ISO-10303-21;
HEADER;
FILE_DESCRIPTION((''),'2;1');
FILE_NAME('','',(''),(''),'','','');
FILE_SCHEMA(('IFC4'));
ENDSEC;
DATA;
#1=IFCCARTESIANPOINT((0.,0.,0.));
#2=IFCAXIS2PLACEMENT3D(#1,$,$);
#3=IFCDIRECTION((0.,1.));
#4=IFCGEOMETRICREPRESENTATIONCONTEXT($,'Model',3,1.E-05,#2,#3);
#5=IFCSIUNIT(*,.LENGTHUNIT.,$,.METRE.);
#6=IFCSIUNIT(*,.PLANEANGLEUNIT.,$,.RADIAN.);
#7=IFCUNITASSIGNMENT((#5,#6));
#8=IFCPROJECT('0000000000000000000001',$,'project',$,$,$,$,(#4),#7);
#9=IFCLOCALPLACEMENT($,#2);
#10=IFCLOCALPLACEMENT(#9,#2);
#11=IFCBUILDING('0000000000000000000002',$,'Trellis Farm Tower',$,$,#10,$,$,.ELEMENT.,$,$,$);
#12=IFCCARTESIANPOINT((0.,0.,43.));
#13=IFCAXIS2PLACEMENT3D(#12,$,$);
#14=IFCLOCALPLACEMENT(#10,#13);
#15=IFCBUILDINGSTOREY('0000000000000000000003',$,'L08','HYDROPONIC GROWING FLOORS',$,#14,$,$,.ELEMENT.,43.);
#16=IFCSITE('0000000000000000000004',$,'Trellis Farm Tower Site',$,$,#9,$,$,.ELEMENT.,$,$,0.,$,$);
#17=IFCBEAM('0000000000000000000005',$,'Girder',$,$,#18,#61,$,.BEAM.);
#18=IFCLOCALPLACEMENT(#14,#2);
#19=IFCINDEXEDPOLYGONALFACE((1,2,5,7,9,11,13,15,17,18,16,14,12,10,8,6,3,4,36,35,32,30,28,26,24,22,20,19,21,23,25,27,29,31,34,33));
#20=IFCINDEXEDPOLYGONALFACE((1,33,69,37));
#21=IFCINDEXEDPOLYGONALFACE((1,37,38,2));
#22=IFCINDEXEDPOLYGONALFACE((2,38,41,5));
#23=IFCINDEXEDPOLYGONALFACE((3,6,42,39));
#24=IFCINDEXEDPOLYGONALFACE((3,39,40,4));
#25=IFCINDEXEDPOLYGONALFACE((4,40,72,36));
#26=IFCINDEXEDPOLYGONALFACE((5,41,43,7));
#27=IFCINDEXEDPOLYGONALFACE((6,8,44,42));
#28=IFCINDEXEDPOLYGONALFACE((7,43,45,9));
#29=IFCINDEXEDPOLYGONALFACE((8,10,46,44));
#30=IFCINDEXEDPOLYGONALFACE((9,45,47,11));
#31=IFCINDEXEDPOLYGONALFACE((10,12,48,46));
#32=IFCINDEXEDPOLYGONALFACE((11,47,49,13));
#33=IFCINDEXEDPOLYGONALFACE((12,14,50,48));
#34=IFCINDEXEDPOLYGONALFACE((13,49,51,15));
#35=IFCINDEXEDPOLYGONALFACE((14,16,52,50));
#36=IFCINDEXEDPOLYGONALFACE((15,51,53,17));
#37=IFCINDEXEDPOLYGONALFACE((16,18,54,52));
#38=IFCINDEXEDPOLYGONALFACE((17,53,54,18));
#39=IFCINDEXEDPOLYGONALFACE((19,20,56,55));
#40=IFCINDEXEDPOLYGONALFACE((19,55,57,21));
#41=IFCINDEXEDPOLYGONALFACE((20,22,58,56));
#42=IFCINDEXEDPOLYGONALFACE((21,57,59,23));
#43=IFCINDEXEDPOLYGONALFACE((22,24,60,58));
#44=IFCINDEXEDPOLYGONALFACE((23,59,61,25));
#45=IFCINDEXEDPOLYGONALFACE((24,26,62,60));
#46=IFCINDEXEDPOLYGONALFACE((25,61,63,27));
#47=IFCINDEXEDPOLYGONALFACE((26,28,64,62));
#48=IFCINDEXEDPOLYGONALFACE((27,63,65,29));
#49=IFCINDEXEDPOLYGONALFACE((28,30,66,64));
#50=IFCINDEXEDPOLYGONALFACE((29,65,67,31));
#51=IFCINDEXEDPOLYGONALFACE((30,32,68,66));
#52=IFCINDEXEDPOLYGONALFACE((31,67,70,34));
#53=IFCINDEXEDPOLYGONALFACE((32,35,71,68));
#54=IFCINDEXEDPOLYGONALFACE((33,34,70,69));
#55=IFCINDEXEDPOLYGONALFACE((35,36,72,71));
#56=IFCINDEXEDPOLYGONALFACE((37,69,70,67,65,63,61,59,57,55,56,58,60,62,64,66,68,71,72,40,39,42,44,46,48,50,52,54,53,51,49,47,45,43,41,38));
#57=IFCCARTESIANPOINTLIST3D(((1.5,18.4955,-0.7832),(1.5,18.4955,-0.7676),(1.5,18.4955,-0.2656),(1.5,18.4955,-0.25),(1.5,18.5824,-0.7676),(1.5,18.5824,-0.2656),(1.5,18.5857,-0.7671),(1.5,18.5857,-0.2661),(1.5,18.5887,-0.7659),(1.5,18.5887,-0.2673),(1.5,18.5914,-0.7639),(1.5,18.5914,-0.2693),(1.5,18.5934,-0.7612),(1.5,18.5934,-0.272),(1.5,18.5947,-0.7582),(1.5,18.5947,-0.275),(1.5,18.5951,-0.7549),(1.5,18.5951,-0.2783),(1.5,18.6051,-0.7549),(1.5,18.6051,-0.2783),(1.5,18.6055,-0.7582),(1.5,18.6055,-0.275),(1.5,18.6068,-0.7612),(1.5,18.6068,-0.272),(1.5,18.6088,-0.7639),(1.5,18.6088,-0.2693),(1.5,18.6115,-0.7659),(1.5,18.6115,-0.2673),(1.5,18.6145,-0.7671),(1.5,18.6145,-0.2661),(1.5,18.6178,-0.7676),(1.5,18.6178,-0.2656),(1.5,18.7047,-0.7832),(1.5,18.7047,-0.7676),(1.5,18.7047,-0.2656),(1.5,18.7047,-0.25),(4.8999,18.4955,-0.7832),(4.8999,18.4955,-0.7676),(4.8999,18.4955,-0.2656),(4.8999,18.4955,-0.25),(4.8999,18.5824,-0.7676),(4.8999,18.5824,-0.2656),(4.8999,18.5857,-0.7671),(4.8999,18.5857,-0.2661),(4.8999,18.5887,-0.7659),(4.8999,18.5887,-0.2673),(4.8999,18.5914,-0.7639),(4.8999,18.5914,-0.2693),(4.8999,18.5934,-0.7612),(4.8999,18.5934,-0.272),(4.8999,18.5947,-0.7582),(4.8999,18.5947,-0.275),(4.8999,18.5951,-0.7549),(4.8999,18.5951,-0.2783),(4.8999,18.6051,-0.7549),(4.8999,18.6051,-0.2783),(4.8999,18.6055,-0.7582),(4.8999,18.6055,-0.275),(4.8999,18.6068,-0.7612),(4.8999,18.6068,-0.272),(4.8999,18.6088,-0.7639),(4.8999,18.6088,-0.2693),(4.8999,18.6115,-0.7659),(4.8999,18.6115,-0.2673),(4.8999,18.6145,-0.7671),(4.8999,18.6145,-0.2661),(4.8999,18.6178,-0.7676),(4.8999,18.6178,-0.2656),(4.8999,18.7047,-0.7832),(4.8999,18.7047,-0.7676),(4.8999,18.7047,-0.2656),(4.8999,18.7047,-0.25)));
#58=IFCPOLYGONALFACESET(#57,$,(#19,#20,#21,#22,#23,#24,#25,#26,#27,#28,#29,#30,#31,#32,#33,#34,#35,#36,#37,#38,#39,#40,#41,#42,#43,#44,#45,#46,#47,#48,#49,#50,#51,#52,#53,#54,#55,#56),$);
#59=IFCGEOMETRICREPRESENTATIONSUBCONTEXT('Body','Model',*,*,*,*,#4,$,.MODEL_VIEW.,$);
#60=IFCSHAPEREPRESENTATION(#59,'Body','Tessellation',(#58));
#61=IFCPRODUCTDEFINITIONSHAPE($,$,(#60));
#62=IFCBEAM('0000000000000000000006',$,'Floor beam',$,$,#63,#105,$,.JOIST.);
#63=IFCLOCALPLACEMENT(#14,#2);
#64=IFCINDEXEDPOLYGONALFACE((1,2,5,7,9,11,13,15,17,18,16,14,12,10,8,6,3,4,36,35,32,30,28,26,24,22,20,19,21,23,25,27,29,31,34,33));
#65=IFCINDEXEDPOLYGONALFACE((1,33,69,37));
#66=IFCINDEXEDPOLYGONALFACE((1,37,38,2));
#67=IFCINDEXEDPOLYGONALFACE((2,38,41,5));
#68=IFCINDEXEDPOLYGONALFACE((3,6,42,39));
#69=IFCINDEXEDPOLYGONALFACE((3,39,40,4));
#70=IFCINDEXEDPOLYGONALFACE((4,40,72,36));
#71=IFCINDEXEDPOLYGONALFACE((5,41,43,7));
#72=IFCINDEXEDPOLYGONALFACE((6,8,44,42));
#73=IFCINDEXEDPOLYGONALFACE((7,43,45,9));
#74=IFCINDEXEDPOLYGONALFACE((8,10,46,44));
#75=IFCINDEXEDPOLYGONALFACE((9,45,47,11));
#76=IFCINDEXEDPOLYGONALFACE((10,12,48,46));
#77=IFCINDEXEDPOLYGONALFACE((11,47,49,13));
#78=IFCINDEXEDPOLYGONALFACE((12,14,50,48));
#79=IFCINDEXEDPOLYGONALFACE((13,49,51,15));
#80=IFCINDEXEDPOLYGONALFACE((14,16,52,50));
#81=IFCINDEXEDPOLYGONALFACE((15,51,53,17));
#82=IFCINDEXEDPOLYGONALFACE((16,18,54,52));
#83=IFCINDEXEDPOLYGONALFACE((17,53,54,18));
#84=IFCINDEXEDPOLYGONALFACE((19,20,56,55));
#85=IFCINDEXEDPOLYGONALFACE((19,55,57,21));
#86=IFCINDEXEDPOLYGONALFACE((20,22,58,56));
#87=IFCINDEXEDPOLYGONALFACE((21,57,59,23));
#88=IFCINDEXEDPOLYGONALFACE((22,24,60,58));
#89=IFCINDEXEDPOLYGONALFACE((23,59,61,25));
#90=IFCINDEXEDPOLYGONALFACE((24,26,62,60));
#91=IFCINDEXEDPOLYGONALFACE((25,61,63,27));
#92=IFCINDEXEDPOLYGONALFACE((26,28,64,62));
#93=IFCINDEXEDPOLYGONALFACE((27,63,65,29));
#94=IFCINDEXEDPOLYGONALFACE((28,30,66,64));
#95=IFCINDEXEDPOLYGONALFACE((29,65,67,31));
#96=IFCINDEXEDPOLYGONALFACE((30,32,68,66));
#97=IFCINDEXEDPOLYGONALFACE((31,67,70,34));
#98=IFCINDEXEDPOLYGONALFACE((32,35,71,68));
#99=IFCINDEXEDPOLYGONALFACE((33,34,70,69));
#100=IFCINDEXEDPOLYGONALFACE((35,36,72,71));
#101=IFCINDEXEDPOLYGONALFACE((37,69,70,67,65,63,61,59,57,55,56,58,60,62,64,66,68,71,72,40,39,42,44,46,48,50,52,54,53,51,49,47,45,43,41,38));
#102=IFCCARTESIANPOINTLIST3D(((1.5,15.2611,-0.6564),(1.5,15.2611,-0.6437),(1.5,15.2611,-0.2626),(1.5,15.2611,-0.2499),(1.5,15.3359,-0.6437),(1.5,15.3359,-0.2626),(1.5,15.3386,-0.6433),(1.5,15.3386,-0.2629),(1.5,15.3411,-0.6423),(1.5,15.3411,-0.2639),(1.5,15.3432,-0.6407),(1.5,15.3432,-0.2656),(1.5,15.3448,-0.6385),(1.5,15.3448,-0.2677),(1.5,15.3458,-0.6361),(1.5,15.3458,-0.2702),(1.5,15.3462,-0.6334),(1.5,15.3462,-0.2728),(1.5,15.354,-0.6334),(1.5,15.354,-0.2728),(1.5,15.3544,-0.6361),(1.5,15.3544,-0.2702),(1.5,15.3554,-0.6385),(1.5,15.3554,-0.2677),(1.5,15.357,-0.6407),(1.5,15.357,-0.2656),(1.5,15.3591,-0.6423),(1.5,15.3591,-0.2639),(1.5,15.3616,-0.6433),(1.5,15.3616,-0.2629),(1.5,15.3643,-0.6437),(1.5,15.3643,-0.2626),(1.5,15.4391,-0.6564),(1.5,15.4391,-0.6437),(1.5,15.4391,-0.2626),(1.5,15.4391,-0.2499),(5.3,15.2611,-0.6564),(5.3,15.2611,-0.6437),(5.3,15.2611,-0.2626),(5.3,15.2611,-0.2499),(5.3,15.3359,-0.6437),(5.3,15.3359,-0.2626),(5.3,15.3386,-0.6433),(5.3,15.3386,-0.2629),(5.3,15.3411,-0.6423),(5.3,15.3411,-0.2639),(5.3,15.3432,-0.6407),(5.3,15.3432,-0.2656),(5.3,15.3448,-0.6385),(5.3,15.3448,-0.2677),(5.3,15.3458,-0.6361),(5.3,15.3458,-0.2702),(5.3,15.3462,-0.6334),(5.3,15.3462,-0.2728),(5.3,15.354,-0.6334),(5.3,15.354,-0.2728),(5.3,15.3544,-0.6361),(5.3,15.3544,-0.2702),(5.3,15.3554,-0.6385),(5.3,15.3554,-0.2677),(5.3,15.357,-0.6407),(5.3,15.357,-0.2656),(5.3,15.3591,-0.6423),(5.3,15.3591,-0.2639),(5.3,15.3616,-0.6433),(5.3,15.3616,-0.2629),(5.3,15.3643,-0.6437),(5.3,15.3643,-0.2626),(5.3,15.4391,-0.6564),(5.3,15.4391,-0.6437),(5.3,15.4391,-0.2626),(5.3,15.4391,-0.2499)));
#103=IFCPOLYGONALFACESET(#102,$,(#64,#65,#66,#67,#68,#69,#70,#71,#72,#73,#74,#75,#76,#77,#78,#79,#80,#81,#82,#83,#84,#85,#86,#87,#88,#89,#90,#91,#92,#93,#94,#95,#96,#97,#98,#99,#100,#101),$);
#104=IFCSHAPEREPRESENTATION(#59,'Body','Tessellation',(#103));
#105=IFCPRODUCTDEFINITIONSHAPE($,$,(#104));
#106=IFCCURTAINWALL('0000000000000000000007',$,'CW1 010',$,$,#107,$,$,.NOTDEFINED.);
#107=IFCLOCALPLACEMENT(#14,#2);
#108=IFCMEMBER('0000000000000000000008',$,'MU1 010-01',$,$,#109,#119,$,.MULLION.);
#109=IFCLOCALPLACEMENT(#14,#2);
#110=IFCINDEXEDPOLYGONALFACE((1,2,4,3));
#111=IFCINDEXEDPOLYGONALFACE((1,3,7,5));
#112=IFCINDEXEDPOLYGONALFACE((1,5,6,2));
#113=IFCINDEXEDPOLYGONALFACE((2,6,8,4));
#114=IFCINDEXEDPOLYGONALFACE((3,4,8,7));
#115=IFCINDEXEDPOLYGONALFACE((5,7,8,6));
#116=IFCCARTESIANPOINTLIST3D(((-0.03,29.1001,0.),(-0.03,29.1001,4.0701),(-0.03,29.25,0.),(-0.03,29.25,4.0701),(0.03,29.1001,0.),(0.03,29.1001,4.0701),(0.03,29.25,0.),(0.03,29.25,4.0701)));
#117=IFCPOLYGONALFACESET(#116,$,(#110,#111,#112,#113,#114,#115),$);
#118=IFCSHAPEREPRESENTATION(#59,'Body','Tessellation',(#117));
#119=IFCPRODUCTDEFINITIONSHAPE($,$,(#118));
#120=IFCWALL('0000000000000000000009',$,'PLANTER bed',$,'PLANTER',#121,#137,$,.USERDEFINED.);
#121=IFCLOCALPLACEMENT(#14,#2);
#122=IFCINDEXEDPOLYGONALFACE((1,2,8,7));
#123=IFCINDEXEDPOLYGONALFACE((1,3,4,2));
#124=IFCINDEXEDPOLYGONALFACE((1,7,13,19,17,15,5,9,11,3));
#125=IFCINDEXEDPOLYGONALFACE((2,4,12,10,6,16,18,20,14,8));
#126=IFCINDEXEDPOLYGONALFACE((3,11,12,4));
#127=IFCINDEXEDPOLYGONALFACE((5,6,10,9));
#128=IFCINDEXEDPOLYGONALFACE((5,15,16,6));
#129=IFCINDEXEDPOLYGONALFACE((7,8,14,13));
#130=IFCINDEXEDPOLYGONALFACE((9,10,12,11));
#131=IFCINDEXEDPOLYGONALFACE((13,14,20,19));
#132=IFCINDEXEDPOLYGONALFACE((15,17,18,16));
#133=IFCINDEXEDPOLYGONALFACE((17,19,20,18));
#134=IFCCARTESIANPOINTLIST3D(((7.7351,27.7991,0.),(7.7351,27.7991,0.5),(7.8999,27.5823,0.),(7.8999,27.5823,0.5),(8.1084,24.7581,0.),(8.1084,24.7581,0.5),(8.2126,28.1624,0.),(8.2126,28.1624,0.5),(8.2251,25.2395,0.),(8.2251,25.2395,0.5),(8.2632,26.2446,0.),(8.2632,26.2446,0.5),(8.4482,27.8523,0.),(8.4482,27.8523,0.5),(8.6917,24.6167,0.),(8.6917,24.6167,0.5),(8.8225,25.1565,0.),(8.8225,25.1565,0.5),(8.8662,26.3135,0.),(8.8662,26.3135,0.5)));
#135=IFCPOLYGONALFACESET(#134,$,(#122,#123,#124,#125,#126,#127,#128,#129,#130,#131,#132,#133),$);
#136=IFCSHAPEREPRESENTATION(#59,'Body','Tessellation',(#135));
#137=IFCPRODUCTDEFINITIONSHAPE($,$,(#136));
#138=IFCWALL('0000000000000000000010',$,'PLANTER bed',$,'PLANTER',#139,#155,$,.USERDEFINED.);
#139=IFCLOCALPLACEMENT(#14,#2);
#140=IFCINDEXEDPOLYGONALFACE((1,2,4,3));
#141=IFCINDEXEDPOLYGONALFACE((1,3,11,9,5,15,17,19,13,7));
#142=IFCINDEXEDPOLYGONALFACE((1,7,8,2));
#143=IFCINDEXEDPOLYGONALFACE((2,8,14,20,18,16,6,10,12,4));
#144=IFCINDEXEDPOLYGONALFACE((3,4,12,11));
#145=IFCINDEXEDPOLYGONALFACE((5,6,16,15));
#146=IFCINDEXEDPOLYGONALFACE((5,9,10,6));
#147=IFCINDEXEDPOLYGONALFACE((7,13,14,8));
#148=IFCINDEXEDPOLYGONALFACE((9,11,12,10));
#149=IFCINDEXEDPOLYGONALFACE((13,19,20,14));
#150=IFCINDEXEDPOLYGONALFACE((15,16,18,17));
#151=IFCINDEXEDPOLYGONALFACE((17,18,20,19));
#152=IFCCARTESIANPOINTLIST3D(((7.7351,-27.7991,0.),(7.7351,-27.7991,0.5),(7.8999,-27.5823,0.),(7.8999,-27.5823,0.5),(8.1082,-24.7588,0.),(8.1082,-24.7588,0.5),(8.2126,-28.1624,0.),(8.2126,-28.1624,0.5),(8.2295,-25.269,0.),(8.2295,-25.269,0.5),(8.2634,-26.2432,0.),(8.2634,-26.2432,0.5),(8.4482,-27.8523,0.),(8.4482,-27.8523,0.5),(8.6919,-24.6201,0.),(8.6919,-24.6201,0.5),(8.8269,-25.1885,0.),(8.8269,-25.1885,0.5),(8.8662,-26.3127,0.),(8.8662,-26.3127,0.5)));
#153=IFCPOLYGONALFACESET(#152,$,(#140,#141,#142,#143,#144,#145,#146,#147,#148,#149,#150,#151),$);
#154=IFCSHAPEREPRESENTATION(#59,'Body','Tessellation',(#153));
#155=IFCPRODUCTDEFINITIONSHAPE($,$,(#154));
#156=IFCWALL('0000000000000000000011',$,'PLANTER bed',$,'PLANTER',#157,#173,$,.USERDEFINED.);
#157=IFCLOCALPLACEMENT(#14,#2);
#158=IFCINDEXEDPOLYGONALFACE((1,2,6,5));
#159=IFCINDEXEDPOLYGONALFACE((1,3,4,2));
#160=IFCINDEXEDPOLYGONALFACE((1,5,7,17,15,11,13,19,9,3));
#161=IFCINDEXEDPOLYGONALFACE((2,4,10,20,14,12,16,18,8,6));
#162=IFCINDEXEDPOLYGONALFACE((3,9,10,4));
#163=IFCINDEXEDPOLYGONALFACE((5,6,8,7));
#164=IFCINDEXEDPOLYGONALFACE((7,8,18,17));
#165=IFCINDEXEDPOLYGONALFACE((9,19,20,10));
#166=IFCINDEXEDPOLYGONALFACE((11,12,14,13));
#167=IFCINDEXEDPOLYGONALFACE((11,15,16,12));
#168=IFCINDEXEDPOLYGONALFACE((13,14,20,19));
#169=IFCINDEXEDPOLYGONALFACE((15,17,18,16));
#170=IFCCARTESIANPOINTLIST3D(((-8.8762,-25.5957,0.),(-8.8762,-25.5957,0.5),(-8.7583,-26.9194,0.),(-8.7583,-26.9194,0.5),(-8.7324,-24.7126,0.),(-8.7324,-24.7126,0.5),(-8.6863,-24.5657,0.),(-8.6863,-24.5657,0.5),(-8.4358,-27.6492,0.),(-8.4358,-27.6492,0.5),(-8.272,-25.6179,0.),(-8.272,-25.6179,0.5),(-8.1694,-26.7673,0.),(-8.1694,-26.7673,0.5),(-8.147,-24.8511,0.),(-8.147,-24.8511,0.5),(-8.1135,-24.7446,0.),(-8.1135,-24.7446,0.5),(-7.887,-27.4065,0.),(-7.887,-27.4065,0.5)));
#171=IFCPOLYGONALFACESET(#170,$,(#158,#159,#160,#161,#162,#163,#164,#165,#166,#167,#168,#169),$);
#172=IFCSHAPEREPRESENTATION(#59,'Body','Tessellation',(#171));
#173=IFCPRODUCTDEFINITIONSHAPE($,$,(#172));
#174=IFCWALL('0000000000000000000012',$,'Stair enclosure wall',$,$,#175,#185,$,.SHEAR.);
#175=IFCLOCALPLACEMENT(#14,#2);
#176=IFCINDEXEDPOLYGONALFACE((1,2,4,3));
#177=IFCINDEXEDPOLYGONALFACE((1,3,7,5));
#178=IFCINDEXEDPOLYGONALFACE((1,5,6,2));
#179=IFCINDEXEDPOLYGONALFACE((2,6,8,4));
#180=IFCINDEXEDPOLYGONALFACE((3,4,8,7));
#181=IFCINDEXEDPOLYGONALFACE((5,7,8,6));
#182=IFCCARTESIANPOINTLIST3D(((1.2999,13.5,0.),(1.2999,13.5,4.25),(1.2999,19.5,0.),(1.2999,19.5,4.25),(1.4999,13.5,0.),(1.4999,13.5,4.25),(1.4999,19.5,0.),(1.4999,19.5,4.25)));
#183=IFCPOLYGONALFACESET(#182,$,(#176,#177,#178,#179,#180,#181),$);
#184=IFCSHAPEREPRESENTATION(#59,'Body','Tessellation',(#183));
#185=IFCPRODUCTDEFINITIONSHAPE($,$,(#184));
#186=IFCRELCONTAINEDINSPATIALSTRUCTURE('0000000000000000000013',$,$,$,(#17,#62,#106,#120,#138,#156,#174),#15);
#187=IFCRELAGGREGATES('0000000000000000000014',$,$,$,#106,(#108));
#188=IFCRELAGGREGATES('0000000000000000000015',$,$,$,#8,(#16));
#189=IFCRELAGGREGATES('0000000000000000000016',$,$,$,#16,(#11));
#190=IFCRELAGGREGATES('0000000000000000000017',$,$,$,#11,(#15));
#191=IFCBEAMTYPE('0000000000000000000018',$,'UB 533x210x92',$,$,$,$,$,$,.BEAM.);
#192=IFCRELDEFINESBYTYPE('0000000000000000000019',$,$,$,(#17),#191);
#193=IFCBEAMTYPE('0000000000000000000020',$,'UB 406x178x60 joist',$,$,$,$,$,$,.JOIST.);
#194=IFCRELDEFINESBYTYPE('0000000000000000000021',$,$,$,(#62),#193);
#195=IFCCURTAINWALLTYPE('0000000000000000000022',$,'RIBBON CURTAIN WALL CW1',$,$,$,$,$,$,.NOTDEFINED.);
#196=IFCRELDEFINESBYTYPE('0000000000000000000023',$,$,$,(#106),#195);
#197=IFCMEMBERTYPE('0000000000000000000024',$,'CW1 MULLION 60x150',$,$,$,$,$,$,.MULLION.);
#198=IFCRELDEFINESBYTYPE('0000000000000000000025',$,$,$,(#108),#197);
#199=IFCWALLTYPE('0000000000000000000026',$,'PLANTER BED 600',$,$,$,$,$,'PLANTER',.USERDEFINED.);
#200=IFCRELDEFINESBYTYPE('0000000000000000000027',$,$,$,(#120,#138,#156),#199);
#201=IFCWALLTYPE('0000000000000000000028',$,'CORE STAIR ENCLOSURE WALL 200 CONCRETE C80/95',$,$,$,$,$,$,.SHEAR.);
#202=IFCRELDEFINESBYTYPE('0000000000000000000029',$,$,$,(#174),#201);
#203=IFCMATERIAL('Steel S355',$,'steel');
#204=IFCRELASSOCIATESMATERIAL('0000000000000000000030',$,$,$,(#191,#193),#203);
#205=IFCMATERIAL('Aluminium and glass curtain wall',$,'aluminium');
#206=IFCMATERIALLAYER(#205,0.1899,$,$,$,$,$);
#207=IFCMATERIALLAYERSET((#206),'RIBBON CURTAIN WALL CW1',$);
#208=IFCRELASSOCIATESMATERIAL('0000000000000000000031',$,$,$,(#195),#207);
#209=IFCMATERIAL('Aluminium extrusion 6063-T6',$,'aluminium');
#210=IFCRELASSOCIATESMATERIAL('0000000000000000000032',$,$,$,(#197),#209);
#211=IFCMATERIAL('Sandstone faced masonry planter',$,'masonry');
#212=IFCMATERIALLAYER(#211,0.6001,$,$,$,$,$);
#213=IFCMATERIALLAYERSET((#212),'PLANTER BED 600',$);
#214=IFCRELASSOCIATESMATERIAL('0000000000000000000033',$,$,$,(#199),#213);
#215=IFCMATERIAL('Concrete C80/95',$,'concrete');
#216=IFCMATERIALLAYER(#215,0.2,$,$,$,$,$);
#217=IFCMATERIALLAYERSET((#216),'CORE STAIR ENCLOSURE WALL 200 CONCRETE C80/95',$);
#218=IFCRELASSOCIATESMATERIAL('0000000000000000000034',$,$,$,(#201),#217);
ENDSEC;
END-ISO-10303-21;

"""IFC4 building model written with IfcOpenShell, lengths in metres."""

from ifc_helpers import new_model, si_unit, direction, frame, frame_2d, origin, origin_2d, place, context, subcontext, project, spatial, polyline, rectangle, i_section, outline, extrude, source, transform, mapped, material, layer, layer_set, material_profile, profile_set, type_object, element, aggregate, save


model = new_model("IFC4")

# Units and contexts
model_context = context("Model", 3, precision=1e-05, world=origin(), true_north=direction((0.0, 1.0)))
body_context = subcontext(model_context, "Body", "Model", "MODEL_VIEW")
ifc_project = project(units=[si_unit("LENGTHUNIT", "METRE"), si_unit("PLANEANGLEUNIT", "RADIAN")], contexts=[model_context])

# Site, building, storey
site_placement = place(None, origin())
site = spatial("IfcSite", under=ifc_project, at=site_placement, Name="Trellis Farm Tower Site", CompositionType="ELEMENT", RefElevation=0.0)
building_placement = place(site_placement, origin())
building = spatial("IfcBuilding", under=site, at=building_placement, Name="Trellis Farm Tower", CompositionType="ELEMENT")
storey_placement = place(building_placement, frame((0.0, 0.0, 43.0)))
storey = spatial("IfcBuildingStorey", under=building, at=storey_placement, Name="L08", Description="HYDROPONIC GROWING FLOORS", CompositionType="ELEMENT", Elevation=43.0)

# Beams
ifc_material_1 = material(Name="Steel S355", Category="steel")
ifc_material_profile_1 = material_profile(ifc_material_1, i_section(OverallWidth=0.2092, OverallDepth=0.5332, WebThickness=0.01, FlangeThickness=0.0156, FilletRadius=0.0127, at=origin_2d()), Name="UB 533x210x92")
ifc_profile_set_1 = profile_set([ifc_material_profile_1], Name="Steel S355")
beam_type_1 = type_object("IfcBeamType", Name="UB 533x210x92", PredefinedType="BEAM", material=ifc_profile_set_1)
shared_shape_1 = source(origin(), body_context, "Body", "SweptSolid", [
    extrude(i_section(OverallWidth=0.2092, OverallDepth=0.5332, WebThickness=0.01, FlangeThickness=0.0156, FilletRadius=0.0127, at=origin_2d()), origin(), (0.0, 0.0, 1.0), 3.3999),
])
beam_1_placement = place(storey_placement, frame((1.5, 18.6001, -0.5166), z_axis=(1.0, 0.0, 0.0), x_axis=(0.0, 1.0, 0.0)))
element("IfcBeam", 1, at=beam_1_placement, inside=storey, type_object=beam_type_1, Name="Girder", PredefinedType="BEAM", context=body_context, shape_type="MappedRepresentation", body=[
    mapped(shared_shape_1, transform((0.0, 0.0, 0.0))),
])
ifc_material_profile_2 = material_profile(ifc_material_1, i_section(OverallWidth=0.178, OverallDepth=0.4065, WebThickness=0.0078, FlangeThickness=0.0127, FilletRadius=0.0103, at=origin_2d()), Name="UB 406x178x60")
ifc_profile_set_2 = profile_set([ifc_material_profile_2], Name="Steel S355")
beam_type_2 = type_object("IfcBeamType", Name="UB 406x178x60 joist", PredefinedType="JOIST", material=ifc_profile_set_2)
shared_shape_2 = source(origin(), body_context, "Body", "SweptSolid", [
    extrude(i_section(OverallWidth=0.178, OverallDepth=0.4065, WebThickness=0.0078, FlangeThickness=0.0127, FilletRadius=0.0103, at=origin_2d()), origin(), (0.0, 0.0, 1.0), 3.8),
])
beam_2_placement = place(storey_placement, frame((1.5, 15.3501, -0.4531), z_axis=(1.0, 0.0, 0.0), x_axis=(0.0, 1.0, 0.0)))
element("IfcBeam", 2, at=beam_2_placement, inside=storey, type_object=beam_type_2, Name="Floor beam", PredefinedType="JOIST", context=body_context, shape_type="MappedRepresentation", body=[
    mapped(shared_shape_2, transform((0.0, 0.0, 0.0))),
])

# Curtain wall, member
ifc_material_2 = material(Name="Aluminium and glass curtain wall", Category="aluminium")
ifc_layer_1 = layer(ifc_material_2, 0.1899)
ifc_layer_set_1 = layer_set([ifc_layer_1], Name="RIBBON CURTAIN WALL CW1")
curtain_wall_type = type_object("IfcCurtainWallType", Name="RIBBON CURTAIN WALL CW1", PredefinedType="NOTDEFINED", material=ifc_layer_set_1)
placement = place(storey_placement, origin())
curtain_wall = element("IfcCurtainWall", 3, at=placement, inside=storey, type_object=curtain_wall_type, Name="CW1 010", PredefinedType="NOTDEFINED")
ifc_material_3 = material(Name="Aluminium extrusion 6063-T6", Category="aluminium")
ifc_material_profile_3 = material_profile(ifc_material_3, rectangle(XDim=0.0601, YDim=0.1499, at=origin_2d()), Name="MULLION 60x150")
ifc_profile_set_3 = profile_set([ifc_material_profile_3], Name="Aluminium extrusion 6063-T6")
member_type = type_object("IfcMemberType", Name="CW1 MULLION 60x150", PredefinedType="MULLION", material=ifc_profile_set_3)
shared_shape_3 = source(origin(), body_context, "Body", "SweptSolid", [
    extrude(rectangle(XDim=0.0601, YDim=0.1499, at=origin_2d()), origin(), (0.0, 0.0, 1.0), 4.0701),
])
member_placement = place(storey_placement, frame((0.0, 29.175, 0.0), z_axis=(0.0, 0.0, 1.0), x_axis=(-1.0, 0.0, 0.0)))
member = element("IfcMember", 4, at=member_placement, type_object=member_type, Name="MU1 010-01", PredefinedType="MULLION", context=body_context, shape_type="MappedRepresentation", body=[
    mapped(shared_shape_3, transform((0.0, 0.0, 0.0))),
])
aggregate(curtain_wall, [member])

# Walls
ifc_material_4 = material(Name="Sandstone faced masonry planter", Category="masonry")
ifc_layer_2 = layer(ifc_material_4, 0.6001)
ifc_layer_set_2 = layer_set([ifc_layer_2], Name="PLANTER BED 600")
wall_type_1 = type_object("IfcWallType", Name="PLANTER BED 600", ElementType="PLANTER", PredefinedType="USERDEFINED", material=ifc_layer_set_2)
element("IfcWall", 5, at=placement, inside=storey, type_object=wall_type_1, Name="PLANTER bed", ObjectType="PLANTER", PredefinedType="USERDEFINED", context=body_context, shape_type="SweptSolid", body=[
    extrude(outline(polyline([(8.4482, 27.8523), (8.8662, 26.3135), (8.8225, 25.1565), (8.6917, 24.6167), (8.1084, 24.7581), (8.2251, 25.2395), (8.2632, 26.2446), (7.8999, 27.5823), (7.7351, 27.7991), (8.2126, 28.1624), (8.4482, 27.8523)])), origin(), (0.0, 0.0, 1.0), 0.5),
])
element("IfcWall", 6, at=placement, inside=storey, type_object=wall_type_1, Name="PLANTER bed", ObjectType="PLANTER", PredefinedType="USERDEFINED", context=body_context, shape_type="SweptSolid", body=[
    extrude(outline(polyline([(8.8662, -26.3127), (8.4482, -27.8523), (8.2126, -28.1624), (7.7351, -27.7991), (7.8999, -27.5823), (8.2634, -26.2432), (8.2295, -25.269), (8.1082, -24.7588), (8.6919, -24.6201), (8.8269, -25.1885), (8.8662, -26.3127)])), origin(), (0.0, 0.0, 1.0), 0.5),
])
element("IfcWall", 7, at=placement, inside=storey, type_object=wall_type_1, Name="PLANTER bed", ObjectType="PLANTER", PredefinedType="USERDEFINED", context=body_context, shape_type="SweptSolid", body=[
    extrude(outline(polyline([(-8.8762, -25.5957), (-8.7324, -24.7126), (-8.6863, -24.5657), (-8.1135, -24.7446), (-8.147, -24.8511), (-8.272, -25.6179), (-8.1694, -26.7673), (-7.887, -27.4065), (-8.4358, -27.6492), (-8.7583, -26.9194), (-8.8762, -25.5957)])), origin(), (0.0, 0.0, 1.0), 0.5),
])
ifc_material_5 = material(Name="Concrete C80/95", Category="concrete")
ifc_layer_3 = layer(ifc_material_5, 0.2)
ifc_layer_set_3 = layer_set([ifc_layer_3], Name="CORE STAIR ENCLOSURE WALL 200 CONCRETE C80/95")
wall_type_2 = type_object("IfcWallType", Name="CORE STAIR ENCLOSURE WALL 200 CONCRETE C80/95", PredefinedType="SHEAR", material=ifc_layer_set_3)
shared_shape_4 = source(origin(), body_context, "Body", "SweptSolid", [
    extrude(rectangle(XDim=6.0, YDim=0.2, at=frame_2d((3.0, 0.0))), origin(), (0.0, 0.0, 1.0), 4.25),
])
wall_1_placement = place(storey_placement, frame((1.3999, 13.5, 0.0), z_axis=(0.0, 0.0, 1.0), x_axis=(0.0, 1.0, 0.0)))
element("IfcWall", 8, at=wall_1_placement, inside=storey, type_object=wall_type_2, Name="Stair enclosure wall", PredefinedType="SHEAR", context=body_context, shape_type="MappedRepresentation", body=[
    mapped(shared_shape_4, transform((0.0, 0.0, 0.0))),
])

save(model, "model.ifc")
